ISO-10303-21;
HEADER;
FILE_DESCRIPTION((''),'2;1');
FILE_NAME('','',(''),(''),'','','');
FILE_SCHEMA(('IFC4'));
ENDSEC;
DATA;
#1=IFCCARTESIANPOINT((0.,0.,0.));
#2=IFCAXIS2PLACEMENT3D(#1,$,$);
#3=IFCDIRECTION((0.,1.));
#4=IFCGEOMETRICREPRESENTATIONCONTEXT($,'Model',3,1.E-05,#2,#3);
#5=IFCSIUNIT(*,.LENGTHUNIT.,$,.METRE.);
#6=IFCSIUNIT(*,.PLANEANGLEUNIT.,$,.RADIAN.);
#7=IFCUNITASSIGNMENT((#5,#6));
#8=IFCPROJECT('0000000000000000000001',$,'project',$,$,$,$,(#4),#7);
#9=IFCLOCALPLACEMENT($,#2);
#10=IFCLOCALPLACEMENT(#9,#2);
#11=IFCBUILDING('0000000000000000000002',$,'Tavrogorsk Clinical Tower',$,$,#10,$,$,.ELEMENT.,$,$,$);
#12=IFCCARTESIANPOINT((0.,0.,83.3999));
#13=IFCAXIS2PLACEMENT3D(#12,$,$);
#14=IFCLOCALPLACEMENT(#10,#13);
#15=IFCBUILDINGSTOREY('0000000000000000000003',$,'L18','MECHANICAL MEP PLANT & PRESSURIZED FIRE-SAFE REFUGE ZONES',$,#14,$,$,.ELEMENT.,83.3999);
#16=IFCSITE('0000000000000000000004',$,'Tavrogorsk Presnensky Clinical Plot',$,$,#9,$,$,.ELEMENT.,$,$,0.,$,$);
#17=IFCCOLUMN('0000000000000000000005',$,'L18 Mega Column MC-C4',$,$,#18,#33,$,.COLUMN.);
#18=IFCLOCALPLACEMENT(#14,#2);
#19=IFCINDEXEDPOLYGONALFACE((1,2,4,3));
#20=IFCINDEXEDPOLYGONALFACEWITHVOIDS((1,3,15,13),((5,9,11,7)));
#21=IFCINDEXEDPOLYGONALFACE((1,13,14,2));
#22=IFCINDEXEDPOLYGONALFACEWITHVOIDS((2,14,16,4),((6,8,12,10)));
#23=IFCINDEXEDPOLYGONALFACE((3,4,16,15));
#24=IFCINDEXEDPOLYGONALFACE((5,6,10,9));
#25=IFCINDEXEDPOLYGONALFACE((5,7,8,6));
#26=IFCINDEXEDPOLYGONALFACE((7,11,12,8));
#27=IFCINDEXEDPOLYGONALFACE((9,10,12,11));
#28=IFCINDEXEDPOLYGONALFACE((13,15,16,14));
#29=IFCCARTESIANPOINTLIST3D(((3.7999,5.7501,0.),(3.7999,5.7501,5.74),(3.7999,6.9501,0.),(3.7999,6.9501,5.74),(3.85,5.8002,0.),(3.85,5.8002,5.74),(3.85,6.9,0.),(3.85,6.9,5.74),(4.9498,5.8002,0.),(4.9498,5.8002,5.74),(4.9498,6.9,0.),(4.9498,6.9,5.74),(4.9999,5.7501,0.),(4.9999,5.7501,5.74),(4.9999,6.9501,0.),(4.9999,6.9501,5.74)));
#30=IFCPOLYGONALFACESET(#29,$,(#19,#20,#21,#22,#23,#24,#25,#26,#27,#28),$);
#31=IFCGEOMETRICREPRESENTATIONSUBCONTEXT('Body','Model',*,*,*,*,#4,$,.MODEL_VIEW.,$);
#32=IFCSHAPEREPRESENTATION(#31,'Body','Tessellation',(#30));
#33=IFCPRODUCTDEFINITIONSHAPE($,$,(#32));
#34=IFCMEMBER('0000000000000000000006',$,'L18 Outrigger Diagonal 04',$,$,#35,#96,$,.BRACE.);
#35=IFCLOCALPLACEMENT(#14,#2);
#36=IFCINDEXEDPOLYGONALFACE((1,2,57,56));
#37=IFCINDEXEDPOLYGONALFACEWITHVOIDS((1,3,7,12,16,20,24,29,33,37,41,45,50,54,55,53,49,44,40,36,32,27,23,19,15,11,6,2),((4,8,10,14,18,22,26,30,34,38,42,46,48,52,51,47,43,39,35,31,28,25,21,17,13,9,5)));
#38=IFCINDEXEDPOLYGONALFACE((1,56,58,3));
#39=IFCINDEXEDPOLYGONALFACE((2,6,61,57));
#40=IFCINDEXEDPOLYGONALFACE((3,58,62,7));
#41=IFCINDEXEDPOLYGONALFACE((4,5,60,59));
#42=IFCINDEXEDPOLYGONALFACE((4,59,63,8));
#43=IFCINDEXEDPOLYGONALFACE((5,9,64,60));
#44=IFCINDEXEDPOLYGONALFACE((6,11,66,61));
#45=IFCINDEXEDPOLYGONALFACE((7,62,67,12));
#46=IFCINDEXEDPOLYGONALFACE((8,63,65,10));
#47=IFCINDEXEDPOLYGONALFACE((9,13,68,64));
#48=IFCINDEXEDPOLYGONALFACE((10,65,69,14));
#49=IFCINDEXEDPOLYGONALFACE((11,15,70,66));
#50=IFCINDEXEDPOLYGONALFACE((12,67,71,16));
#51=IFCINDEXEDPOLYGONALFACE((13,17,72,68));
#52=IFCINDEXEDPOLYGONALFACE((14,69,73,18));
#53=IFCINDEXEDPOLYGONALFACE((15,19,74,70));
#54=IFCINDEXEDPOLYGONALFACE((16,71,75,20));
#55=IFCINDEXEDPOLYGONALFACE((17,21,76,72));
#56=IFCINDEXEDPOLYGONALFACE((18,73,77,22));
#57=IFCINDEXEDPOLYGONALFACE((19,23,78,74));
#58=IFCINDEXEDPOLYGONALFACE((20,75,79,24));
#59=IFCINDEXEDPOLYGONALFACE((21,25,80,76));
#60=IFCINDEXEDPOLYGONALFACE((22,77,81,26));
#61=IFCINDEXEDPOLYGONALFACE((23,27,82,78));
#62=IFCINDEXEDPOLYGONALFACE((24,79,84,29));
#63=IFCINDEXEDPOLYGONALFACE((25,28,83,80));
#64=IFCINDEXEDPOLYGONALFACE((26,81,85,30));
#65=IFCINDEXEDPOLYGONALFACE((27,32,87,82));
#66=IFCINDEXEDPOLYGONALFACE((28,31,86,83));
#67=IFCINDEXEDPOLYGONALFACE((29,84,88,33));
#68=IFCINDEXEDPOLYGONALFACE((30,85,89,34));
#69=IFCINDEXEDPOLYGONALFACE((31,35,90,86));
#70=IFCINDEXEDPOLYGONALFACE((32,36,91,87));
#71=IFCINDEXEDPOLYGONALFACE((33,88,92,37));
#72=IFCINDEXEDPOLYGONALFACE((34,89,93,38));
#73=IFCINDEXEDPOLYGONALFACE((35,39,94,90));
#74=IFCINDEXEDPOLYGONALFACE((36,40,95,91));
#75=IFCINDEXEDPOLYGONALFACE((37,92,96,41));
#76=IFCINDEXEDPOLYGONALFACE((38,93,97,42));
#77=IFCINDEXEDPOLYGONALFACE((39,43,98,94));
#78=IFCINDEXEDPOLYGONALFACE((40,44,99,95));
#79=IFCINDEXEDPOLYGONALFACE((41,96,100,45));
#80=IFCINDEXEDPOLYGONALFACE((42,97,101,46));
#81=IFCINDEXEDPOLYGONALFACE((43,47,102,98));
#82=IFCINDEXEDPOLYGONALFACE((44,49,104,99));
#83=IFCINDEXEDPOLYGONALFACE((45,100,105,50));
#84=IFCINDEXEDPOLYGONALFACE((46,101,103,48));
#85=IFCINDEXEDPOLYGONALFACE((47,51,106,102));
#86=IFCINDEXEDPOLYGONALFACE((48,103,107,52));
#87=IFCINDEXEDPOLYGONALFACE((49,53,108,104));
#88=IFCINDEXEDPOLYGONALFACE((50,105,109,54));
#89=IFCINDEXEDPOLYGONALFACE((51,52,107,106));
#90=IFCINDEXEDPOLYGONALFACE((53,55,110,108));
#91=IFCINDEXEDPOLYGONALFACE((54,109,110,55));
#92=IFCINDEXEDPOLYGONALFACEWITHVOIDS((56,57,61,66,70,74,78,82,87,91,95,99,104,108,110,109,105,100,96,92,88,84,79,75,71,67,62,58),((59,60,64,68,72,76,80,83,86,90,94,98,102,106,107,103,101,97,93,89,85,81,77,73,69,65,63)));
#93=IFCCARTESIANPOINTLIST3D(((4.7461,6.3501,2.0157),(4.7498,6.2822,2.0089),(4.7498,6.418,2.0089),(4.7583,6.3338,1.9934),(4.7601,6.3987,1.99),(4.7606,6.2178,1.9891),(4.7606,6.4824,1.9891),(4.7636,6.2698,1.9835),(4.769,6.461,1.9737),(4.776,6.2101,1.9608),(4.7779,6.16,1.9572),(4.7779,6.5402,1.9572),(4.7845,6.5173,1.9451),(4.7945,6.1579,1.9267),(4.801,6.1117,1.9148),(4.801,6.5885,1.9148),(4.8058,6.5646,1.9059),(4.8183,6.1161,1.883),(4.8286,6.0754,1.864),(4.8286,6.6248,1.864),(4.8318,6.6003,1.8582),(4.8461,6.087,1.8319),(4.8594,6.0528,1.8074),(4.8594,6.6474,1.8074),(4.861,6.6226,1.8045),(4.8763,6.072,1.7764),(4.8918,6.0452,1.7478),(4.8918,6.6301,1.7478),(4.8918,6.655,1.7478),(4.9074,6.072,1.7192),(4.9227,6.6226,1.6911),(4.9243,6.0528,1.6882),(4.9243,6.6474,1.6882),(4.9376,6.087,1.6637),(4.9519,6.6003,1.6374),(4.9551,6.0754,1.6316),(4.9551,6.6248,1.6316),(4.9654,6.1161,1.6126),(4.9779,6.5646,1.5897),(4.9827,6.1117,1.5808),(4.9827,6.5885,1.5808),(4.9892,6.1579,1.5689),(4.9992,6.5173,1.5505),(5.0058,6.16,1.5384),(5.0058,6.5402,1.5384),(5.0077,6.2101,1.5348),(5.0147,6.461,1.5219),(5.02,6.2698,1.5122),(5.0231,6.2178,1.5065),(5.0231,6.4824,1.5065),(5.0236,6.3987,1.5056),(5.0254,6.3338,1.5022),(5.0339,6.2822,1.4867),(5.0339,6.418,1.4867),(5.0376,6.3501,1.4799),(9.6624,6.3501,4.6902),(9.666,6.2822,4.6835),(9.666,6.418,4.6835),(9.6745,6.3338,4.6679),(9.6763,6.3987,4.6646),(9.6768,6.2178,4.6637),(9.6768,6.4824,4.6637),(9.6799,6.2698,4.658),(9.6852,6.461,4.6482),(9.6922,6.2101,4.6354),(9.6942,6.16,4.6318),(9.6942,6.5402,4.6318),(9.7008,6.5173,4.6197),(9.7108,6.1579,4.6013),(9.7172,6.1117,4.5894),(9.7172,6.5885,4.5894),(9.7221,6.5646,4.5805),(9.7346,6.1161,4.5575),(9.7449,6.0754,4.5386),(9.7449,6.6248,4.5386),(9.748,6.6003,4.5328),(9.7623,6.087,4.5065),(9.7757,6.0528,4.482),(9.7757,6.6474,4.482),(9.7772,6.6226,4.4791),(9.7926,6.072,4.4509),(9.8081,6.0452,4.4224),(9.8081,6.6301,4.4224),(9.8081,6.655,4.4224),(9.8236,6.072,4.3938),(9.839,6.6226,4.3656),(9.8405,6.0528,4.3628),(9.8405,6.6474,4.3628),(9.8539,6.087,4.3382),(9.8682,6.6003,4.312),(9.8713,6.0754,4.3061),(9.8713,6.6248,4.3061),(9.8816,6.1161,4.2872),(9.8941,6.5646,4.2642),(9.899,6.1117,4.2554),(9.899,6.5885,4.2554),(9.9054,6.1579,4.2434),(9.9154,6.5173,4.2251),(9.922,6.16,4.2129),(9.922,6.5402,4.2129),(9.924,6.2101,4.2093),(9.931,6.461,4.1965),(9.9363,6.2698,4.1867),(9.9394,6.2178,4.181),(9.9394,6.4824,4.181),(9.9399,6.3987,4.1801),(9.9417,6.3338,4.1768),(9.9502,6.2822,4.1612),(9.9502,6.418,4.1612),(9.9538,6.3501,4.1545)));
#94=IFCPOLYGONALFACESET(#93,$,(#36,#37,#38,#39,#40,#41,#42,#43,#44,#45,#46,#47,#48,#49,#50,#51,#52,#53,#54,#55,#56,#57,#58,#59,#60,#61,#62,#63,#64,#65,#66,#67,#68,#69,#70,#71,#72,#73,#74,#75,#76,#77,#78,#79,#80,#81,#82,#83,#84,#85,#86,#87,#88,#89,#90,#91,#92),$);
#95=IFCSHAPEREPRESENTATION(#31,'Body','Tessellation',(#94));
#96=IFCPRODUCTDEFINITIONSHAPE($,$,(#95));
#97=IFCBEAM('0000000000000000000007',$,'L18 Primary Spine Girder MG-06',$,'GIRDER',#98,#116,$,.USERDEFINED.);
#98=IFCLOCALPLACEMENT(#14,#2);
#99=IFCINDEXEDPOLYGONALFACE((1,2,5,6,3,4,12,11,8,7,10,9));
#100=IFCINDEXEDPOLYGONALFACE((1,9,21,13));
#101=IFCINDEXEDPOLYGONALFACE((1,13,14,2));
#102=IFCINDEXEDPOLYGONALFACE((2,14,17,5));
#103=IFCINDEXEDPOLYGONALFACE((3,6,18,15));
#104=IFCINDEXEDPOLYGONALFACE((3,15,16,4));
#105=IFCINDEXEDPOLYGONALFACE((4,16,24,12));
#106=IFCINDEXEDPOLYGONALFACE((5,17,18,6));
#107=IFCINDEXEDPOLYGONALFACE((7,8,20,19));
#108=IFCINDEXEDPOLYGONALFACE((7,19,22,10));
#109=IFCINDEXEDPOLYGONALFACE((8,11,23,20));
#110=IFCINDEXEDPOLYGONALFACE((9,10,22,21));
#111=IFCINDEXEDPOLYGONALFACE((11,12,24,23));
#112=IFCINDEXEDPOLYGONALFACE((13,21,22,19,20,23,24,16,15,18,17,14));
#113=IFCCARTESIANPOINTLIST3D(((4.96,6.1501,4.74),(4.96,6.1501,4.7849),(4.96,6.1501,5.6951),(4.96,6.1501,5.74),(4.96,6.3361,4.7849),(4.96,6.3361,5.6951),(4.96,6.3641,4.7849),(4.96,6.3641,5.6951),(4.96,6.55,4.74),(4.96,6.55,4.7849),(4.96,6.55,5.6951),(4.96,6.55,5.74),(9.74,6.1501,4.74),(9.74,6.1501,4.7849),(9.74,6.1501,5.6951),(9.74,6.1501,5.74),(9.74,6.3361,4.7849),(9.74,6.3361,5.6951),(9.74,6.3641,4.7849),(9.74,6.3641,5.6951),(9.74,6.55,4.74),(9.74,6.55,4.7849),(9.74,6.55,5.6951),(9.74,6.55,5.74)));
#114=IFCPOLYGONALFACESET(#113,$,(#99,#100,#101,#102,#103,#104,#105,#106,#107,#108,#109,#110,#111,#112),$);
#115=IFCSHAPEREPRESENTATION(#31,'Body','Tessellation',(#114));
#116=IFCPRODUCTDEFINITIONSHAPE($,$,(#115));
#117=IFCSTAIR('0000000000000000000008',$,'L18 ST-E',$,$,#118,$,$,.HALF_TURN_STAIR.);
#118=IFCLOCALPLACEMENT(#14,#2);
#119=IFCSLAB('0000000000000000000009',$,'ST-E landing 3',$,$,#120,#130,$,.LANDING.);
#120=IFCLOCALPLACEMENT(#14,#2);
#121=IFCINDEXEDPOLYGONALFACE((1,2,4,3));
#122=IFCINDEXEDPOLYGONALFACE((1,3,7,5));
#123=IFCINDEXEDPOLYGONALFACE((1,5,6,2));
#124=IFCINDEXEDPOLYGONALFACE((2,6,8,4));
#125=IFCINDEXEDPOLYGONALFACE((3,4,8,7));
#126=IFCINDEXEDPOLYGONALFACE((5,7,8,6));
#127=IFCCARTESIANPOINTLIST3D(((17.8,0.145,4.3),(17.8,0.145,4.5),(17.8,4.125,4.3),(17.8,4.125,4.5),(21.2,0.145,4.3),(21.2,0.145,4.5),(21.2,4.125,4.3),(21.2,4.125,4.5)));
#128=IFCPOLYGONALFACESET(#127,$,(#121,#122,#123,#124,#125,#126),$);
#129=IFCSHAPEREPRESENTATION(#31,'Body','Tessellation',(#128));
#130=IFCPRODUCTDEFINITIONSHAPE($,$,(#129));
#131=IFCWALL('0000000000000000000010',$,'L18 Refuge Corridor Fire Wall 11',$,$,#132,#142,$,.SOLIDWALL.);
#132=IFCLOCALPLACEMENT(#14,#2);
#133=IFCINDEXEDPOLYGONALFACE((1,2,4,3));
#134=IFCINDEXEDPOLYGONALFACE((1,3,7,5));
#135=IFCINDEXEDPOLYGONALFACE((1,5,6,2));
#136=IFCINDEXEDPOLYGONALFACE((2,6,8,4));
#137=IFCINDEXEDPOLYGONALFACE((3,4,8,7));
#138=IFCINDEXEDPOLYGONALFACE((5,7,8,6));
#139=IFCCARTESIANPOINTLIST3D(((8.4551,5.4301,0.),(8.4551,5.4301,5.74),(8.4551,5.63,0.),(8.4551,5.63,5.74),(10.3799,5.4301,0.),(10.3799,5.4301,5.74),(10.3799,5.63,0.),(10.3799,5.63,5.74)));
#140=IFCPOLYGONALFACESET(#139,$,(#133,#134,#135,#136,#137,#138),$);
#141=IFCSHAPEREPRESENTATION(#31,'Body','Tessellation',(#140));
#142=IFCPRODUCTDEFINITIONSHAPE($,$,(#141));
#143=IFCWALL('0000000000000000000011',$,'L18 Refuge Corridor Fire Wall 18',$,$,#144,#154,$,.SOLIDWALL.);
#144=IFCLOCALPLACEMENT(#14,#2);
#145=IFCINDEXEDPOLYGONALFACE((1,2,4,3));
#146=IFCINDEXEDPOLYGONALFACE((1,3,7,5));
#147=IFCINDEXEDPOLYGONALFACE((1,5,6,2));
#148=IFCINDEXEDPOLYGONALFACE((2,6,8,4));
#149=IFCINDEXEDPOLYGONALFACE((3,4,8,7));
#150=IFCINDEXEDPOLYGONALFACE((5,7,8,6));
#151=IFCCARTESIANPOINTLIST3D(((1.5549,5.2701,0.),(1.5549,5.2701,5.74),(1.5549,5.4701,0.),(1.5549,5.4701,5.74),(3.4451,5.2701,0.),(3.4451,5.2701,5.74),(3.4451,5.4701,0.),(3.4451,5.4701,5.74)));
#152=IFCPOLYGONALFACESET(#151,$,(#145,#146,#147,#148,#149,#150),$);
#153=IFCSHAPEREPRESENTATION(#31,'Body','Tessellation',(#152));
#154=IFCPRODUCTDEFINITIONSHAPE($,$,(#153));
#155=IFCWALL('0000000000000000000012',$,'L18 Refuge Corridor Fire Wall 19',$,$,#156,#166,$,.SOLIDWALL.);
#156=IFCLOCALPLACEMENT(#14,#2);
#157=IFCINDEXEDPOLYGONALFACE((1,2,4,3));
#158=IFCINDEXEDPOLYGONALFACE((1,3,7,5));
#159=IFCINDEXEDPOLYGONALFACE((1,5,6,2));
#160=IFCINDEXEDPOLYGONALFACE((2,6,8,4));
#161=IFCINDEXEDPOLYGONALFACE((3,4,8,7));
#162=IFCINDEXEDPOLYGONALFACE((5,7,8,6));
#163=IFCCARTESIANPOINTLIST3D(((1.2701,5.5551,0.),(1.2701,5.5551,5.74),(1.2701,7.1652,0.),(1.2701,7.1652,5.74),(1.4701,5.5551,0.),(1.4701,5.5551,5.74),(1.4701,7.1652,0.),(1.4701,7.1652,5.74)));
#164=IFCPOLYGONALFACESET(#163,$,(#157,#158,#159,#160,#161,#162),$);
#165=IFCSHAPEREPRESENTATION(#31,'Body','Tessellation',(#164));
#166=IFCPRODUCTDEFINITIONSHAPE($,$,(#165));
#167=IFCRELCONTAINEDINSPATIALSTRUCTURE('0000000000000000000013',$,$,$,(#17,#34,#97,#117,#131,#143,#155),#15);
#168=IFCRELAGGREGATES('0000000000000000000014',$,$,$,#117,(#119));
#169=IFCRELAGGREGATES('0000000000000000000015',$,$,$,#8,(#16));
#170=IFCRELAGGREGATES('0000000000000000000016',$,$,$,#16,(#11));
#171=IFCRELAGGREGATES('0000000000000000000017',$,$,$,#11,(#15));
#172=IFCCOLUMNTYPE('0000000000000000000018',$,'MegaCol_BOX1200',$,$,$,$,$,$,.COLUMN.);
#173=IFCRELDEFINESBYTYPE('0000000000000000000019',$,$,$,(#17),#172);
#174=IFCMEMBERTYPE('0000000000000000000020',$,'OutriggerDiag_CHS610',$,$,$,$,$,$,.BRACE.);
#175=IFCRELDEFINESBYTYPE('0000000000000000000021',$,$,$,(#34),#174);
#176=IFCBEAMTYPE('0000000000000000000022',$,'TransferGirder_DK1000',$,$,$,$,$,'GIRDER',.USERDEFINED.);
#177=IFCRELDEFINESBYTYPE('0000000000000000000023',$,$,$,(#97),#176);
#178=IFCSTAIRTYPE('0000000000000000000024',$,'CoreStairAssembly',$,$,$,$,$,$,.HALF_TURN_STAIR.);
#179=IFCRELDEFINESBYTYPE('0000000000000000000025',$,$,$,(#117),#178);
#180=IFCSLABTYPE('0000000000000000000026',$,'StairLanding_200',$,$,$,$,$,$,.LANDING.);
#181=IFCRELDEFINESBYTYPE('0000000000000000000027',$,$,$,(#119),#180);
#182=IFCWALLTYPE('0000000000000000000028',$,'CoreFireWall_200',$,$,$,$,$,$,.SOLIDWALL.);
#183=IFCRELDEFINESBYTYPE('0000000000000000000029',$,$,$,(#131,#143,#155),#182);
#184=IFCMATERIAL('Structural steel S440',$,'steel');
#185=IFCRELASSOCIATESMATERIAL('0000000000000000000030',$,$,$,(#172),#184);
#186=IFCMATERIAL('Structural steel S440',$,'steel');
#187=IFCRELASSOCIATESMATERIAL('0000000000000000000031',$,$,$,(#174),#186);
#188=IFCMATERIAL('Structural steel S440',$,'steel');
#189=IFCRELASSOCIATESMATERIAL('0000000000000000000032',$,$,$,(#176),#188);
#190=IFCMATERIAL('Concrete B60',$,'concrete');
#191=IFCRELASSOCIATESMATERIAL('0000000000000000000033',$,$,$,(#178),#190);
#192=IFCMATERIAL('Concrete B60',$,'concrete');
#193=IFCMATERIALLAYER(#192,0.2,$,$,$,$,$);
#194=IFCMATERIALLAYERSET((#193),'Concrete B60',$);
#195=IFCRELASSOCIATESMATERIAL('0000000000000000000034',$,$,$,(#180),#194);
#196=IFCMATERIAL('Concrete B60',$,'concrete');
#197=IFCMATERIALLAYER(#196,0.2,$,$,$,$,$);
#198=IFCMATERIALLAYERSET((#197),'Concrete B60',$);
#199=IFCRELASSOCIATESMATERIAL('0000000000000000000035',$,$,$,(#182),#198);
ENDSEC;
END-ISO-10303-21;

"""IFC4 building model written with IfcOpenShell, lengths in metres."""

from ifc_helpers import new_model, si_unit, direction, frame, frame_2d, origin, origin_2d, place, context, subcontext, project, spatial, polyline, rectangle, hollow_rectangle, hollow_circle, i_section, outline, extrude, material, layer, layer_set, material_profile, profile_set, type_object, element, aggregate, save


model = new_model("IFC4")

# Units and contexts
model_context = context("Model", 3, precision=1e-05, world=origin(), true_north=direction((0.0, 1.0)))
body_context = subcontext(model_context, "Body", "Model", "MODEL_VIEW")
ifc_project = project(units=[si_unit("LENGTHUNIT", "METRE"), si_unit("PLANEANGLEUNIT", "RADIAN")], contexts=[model_context])

# Site, building, storey
site_placement = place(None, origin())
site = spatial("IfcSite", under=ifc_project, at=site_placement, Name="Tavrogorsk Presnensky Clinical Plot", CompositionType="ELEMENT", RefElevation=0.0)
building_placement = place(site_placement, origin())
building = spatial("IfcBuilding", under=site, at=building_placement, Name="Tavrogorsk Clinical Tower", CompositionType="ELEMENT")
storey_placement = place(building_placement, frame((0.0, 0.0, 83.3999)))
storey = spatial("IfcBuildingStorey", under=building, at=storey_placement, Name="L18", Description="MECHANICAL MEP PLANT & PRESSURIZED FIRE-SAFE REFUGE ZONES", CompositionType="ELEMENT", Elevation=83.3999)

# Column
ifc_material_1 = material(Name="Structural steel S440", Category="steel")
ifc_material_profile_1 = material_profile(ifc_material_1, hollow_rectangle(XDim=1.2, YDim=1.2, WallThickness=0.05, at=origin_2d()), Name="BOX-1200x1200x50")
ifc_profile_set_1 = profile_set([ifc_material_profile_1], Name="Structural steel S440")
column_type = type_object("IfcColumnType", Name="MegaCol_BOX1200", PredefinedType="COLUMN", material=ifc_profile_set_1)
column_placement = place(storey_placement, frame((4.3999, 6.3501, 0.0), z_axis=(0.0, 0.0, 1.0), x_axis=(1.0, 0.0, 0.0)))
element("IfcColumn", 1, at=column_placement, inside=storey, type_object=column_type, Name="L18 Mega Column MC-C4", PredefinedType="COLUMN", context=body_context, shape_type="SweptSolid", body=[
    extrude(hollow_rectangle(XDim=1.2, YDim=1.2, WallThickness=0.05, at=origin_2d()), origin(), (0.0, 0.0, 1.0), 5.74),
])

# Member
ifc_material_2 = material(Name="Structural steel S440", Category="steel")
ifc_material_profile_2 = material_profile(ifc_material_2, hollow_circle(Radius=0.3049, WallThickness=0.0249, at=origin_2d()), Name="CHS-610x25")
ifc_profile_set_2 = profile_set([ifc_material_profile_2], Name="Structural steel S440")
member_type = type_object("IfcMemberType", Name="OutriggerDiag_CHS610", PredefinedType="BRACE", material=ifc_profile_set_2)
member_placement = place(storey_placement, frame((4.8918, 6.3501, 1.7478), z_axis=(0.878424, 0.0, 0.477883), x_axis=(0.0, 1.0, 0.0)))
element("IfcMember", 2, at=member_placement, inside=storey, type_object=member_type, Name="L18 Outrigger Diagonal 04", PredefinedType="BRACE", context=body_context, shape_type="SweptSolid", body=[
    extrude(hollow_circle(Radius=0.3049, WallThickness=0.0249, at=origin_2d()), origin(), (0.0, 0.0, 1.0), 5.5967),
])

# Beam
ifc_material_3 = material(Name="Structural steel S440", Category="steel")
ifc_material_profile_3 = material_profile(ifc_material_3, i_section(OverallWidth=0.3999, OverallDepth=1.0, WebThickness=0.0281, FlangeThickness=0.0449, at=origin_2d()), Name="DK-1000x400x28x45")
ifc_profile_set_3 = profile_set([ifc_material_profile_3], Name="Structural steel S440")
beam_type = type_object("IfcBeamType", Name="TransferGirder_DK1000", ElementType="GIRDER", PredefinedType="USERDEFINED", material=ifc_profile_set_3)
beam_placement = place(storey_placement, frame((4.96, 6.3501, 5.24), z_axis=(1.0, 0.0, 0.0), x_axis=(0.0, 1.0, 0.0)))
element("IfcBeam", 3, at=beam_placement, inside=storey, type_object=beam_type, Name="L18 Primary Spine Girder MG-06", ObjectType="GIRDER", PredefinedType="USERDEFINED", context=body_context, shape_type="SweptSolid", body=[
    extrude(i_section(OverallWidth=0.3999, OverallDepth=1.0, WebThickness=0.0281, FlangeThickness=0.0449, at=origin_2d()), origin(), (0.0, 0.0, 1.0), 4.78),
])

# Stair, slab
ifc_material_4 = material(Name="Concrete B60", Category="concrete")
stair_type = type_object("IfcStairType", Name="CoreStairAssembly", PredefinedType="HALF_TURN_STAIR", material=ifc_material_4)
stair_placement = place(storey_placement, origin())
stair = element("IfcStair", 4, at=stair_placement, inside=storey, type_object=stair_type, Name="L18 ST-E", PredefinedType="HALF_TURN_STAIR")
ifc_material_5 = material(Name="Concrete B60", Category="concrete")
ifc_layer_1 = layer(ifc_material_5, 0.2)
ifc_layer_set_1 = layer_set([ifc_layer_1], Name="Concrete B60")
slab_type = type_object("IfcSlabType", Name="StairLanding_200", PredefinedType="LANDING", material=ifc_layer_set_1)
slab_placement = place(storey_placement, frame((0.0, 0.0, 4.3)))
slab = element("IfcSlab", 5, at=slab_placement, type_object=slab_type, Name="ST-E landing 3", PredefinedType="LANDING", context=body_context, shape_type="SweptSolid", body=[
    extrude(outline(polyline([(21.2, 0.145), (21.2, 4.125), (17.8, 4.125), (17.8, 0.145), (21.2, 0.145)])), origin(), (0.0, 0.0, 1.0), 0.2),
])

# Walls
ifc_material_6 = material(Name="Concrete B60", Category="concrete")
ifc_layer_2 = layer(ifc_material_6, 0.2)
ifc_layer_set_2 = layer_set([ifc_layer_2], Name="Concrete B60")
wall_type_1 = type_object("IfcWallType", Name="CoreFireWall_200", PredefinedType="SOLIDWALL", material=ifc_layer_set_2)
wall_1_placement = place(storey_placement, frame((8.4551, 5.53, 0.0), z_axis=(0.0, 0.0, 1.0), x_axis=(1.0, 0.0, 0.0)))
element("IfcWall", 6, at=wall_1_placement, inside=storey, type_object=wall_type_1, Name="L18 Refuge Corridor Fire Wall 11", PredefinedType="SOLIDWALL", context=body_context, shape_type="SweptSolid", body=[
    extrude(rectangle(XDim=1.9248, YDim=0.2, at=frame_2d((0.9624, 0.0))), origin(), (0.0, 0.0, 1.0), 5.74),
])
wall_2_placement = place(storey_placement, frame((3.4451, 5.3701, 0.0), z_axis=(0.0, 0.0, 1.0), x_axis=(-1.0, 0.0, 0.0)))
element("IfcWall", 7, at=wall_2_placement, inside=storey, type_object=wall_type_1, Name="L18 Refuge Corridor Fire Wall 18", PredefinedType="SOLIDWALL", context=body_context, shape_type="SweptSolid", body=[
    extrude(rectangle(XDim=1.8901, YDim=0.2, at=frame_2d((0.9451, 0.0))), origin(), (0.0, 0.0, 1.0), 5.74),
])
wall_3_placement = place(storey_placement, frame((1.3701, 5.5549, 0.0), z_axis=(0.0, 0.0, 1.0), x_axis=(0.0, 1.0, 0.0)))
element("IfcWall", 8, at=wall_3_placement, inside=storey, type_object=wall_type_1, Name="L18 Refuge Corridor Fire Wall 19", PredefinedType="SOLIDWALL", context=body_context, shape_type="SweptSolid", body=[
    extrude(rectangle(XDim=1.6101, YDim=0.2, at=frame_2d((0.8052, 0.0))), origin(), (0.0, 0.0, 1.0), 5.74),
])

aggregate(stair, [slab])

save(model, "model.ifc")
